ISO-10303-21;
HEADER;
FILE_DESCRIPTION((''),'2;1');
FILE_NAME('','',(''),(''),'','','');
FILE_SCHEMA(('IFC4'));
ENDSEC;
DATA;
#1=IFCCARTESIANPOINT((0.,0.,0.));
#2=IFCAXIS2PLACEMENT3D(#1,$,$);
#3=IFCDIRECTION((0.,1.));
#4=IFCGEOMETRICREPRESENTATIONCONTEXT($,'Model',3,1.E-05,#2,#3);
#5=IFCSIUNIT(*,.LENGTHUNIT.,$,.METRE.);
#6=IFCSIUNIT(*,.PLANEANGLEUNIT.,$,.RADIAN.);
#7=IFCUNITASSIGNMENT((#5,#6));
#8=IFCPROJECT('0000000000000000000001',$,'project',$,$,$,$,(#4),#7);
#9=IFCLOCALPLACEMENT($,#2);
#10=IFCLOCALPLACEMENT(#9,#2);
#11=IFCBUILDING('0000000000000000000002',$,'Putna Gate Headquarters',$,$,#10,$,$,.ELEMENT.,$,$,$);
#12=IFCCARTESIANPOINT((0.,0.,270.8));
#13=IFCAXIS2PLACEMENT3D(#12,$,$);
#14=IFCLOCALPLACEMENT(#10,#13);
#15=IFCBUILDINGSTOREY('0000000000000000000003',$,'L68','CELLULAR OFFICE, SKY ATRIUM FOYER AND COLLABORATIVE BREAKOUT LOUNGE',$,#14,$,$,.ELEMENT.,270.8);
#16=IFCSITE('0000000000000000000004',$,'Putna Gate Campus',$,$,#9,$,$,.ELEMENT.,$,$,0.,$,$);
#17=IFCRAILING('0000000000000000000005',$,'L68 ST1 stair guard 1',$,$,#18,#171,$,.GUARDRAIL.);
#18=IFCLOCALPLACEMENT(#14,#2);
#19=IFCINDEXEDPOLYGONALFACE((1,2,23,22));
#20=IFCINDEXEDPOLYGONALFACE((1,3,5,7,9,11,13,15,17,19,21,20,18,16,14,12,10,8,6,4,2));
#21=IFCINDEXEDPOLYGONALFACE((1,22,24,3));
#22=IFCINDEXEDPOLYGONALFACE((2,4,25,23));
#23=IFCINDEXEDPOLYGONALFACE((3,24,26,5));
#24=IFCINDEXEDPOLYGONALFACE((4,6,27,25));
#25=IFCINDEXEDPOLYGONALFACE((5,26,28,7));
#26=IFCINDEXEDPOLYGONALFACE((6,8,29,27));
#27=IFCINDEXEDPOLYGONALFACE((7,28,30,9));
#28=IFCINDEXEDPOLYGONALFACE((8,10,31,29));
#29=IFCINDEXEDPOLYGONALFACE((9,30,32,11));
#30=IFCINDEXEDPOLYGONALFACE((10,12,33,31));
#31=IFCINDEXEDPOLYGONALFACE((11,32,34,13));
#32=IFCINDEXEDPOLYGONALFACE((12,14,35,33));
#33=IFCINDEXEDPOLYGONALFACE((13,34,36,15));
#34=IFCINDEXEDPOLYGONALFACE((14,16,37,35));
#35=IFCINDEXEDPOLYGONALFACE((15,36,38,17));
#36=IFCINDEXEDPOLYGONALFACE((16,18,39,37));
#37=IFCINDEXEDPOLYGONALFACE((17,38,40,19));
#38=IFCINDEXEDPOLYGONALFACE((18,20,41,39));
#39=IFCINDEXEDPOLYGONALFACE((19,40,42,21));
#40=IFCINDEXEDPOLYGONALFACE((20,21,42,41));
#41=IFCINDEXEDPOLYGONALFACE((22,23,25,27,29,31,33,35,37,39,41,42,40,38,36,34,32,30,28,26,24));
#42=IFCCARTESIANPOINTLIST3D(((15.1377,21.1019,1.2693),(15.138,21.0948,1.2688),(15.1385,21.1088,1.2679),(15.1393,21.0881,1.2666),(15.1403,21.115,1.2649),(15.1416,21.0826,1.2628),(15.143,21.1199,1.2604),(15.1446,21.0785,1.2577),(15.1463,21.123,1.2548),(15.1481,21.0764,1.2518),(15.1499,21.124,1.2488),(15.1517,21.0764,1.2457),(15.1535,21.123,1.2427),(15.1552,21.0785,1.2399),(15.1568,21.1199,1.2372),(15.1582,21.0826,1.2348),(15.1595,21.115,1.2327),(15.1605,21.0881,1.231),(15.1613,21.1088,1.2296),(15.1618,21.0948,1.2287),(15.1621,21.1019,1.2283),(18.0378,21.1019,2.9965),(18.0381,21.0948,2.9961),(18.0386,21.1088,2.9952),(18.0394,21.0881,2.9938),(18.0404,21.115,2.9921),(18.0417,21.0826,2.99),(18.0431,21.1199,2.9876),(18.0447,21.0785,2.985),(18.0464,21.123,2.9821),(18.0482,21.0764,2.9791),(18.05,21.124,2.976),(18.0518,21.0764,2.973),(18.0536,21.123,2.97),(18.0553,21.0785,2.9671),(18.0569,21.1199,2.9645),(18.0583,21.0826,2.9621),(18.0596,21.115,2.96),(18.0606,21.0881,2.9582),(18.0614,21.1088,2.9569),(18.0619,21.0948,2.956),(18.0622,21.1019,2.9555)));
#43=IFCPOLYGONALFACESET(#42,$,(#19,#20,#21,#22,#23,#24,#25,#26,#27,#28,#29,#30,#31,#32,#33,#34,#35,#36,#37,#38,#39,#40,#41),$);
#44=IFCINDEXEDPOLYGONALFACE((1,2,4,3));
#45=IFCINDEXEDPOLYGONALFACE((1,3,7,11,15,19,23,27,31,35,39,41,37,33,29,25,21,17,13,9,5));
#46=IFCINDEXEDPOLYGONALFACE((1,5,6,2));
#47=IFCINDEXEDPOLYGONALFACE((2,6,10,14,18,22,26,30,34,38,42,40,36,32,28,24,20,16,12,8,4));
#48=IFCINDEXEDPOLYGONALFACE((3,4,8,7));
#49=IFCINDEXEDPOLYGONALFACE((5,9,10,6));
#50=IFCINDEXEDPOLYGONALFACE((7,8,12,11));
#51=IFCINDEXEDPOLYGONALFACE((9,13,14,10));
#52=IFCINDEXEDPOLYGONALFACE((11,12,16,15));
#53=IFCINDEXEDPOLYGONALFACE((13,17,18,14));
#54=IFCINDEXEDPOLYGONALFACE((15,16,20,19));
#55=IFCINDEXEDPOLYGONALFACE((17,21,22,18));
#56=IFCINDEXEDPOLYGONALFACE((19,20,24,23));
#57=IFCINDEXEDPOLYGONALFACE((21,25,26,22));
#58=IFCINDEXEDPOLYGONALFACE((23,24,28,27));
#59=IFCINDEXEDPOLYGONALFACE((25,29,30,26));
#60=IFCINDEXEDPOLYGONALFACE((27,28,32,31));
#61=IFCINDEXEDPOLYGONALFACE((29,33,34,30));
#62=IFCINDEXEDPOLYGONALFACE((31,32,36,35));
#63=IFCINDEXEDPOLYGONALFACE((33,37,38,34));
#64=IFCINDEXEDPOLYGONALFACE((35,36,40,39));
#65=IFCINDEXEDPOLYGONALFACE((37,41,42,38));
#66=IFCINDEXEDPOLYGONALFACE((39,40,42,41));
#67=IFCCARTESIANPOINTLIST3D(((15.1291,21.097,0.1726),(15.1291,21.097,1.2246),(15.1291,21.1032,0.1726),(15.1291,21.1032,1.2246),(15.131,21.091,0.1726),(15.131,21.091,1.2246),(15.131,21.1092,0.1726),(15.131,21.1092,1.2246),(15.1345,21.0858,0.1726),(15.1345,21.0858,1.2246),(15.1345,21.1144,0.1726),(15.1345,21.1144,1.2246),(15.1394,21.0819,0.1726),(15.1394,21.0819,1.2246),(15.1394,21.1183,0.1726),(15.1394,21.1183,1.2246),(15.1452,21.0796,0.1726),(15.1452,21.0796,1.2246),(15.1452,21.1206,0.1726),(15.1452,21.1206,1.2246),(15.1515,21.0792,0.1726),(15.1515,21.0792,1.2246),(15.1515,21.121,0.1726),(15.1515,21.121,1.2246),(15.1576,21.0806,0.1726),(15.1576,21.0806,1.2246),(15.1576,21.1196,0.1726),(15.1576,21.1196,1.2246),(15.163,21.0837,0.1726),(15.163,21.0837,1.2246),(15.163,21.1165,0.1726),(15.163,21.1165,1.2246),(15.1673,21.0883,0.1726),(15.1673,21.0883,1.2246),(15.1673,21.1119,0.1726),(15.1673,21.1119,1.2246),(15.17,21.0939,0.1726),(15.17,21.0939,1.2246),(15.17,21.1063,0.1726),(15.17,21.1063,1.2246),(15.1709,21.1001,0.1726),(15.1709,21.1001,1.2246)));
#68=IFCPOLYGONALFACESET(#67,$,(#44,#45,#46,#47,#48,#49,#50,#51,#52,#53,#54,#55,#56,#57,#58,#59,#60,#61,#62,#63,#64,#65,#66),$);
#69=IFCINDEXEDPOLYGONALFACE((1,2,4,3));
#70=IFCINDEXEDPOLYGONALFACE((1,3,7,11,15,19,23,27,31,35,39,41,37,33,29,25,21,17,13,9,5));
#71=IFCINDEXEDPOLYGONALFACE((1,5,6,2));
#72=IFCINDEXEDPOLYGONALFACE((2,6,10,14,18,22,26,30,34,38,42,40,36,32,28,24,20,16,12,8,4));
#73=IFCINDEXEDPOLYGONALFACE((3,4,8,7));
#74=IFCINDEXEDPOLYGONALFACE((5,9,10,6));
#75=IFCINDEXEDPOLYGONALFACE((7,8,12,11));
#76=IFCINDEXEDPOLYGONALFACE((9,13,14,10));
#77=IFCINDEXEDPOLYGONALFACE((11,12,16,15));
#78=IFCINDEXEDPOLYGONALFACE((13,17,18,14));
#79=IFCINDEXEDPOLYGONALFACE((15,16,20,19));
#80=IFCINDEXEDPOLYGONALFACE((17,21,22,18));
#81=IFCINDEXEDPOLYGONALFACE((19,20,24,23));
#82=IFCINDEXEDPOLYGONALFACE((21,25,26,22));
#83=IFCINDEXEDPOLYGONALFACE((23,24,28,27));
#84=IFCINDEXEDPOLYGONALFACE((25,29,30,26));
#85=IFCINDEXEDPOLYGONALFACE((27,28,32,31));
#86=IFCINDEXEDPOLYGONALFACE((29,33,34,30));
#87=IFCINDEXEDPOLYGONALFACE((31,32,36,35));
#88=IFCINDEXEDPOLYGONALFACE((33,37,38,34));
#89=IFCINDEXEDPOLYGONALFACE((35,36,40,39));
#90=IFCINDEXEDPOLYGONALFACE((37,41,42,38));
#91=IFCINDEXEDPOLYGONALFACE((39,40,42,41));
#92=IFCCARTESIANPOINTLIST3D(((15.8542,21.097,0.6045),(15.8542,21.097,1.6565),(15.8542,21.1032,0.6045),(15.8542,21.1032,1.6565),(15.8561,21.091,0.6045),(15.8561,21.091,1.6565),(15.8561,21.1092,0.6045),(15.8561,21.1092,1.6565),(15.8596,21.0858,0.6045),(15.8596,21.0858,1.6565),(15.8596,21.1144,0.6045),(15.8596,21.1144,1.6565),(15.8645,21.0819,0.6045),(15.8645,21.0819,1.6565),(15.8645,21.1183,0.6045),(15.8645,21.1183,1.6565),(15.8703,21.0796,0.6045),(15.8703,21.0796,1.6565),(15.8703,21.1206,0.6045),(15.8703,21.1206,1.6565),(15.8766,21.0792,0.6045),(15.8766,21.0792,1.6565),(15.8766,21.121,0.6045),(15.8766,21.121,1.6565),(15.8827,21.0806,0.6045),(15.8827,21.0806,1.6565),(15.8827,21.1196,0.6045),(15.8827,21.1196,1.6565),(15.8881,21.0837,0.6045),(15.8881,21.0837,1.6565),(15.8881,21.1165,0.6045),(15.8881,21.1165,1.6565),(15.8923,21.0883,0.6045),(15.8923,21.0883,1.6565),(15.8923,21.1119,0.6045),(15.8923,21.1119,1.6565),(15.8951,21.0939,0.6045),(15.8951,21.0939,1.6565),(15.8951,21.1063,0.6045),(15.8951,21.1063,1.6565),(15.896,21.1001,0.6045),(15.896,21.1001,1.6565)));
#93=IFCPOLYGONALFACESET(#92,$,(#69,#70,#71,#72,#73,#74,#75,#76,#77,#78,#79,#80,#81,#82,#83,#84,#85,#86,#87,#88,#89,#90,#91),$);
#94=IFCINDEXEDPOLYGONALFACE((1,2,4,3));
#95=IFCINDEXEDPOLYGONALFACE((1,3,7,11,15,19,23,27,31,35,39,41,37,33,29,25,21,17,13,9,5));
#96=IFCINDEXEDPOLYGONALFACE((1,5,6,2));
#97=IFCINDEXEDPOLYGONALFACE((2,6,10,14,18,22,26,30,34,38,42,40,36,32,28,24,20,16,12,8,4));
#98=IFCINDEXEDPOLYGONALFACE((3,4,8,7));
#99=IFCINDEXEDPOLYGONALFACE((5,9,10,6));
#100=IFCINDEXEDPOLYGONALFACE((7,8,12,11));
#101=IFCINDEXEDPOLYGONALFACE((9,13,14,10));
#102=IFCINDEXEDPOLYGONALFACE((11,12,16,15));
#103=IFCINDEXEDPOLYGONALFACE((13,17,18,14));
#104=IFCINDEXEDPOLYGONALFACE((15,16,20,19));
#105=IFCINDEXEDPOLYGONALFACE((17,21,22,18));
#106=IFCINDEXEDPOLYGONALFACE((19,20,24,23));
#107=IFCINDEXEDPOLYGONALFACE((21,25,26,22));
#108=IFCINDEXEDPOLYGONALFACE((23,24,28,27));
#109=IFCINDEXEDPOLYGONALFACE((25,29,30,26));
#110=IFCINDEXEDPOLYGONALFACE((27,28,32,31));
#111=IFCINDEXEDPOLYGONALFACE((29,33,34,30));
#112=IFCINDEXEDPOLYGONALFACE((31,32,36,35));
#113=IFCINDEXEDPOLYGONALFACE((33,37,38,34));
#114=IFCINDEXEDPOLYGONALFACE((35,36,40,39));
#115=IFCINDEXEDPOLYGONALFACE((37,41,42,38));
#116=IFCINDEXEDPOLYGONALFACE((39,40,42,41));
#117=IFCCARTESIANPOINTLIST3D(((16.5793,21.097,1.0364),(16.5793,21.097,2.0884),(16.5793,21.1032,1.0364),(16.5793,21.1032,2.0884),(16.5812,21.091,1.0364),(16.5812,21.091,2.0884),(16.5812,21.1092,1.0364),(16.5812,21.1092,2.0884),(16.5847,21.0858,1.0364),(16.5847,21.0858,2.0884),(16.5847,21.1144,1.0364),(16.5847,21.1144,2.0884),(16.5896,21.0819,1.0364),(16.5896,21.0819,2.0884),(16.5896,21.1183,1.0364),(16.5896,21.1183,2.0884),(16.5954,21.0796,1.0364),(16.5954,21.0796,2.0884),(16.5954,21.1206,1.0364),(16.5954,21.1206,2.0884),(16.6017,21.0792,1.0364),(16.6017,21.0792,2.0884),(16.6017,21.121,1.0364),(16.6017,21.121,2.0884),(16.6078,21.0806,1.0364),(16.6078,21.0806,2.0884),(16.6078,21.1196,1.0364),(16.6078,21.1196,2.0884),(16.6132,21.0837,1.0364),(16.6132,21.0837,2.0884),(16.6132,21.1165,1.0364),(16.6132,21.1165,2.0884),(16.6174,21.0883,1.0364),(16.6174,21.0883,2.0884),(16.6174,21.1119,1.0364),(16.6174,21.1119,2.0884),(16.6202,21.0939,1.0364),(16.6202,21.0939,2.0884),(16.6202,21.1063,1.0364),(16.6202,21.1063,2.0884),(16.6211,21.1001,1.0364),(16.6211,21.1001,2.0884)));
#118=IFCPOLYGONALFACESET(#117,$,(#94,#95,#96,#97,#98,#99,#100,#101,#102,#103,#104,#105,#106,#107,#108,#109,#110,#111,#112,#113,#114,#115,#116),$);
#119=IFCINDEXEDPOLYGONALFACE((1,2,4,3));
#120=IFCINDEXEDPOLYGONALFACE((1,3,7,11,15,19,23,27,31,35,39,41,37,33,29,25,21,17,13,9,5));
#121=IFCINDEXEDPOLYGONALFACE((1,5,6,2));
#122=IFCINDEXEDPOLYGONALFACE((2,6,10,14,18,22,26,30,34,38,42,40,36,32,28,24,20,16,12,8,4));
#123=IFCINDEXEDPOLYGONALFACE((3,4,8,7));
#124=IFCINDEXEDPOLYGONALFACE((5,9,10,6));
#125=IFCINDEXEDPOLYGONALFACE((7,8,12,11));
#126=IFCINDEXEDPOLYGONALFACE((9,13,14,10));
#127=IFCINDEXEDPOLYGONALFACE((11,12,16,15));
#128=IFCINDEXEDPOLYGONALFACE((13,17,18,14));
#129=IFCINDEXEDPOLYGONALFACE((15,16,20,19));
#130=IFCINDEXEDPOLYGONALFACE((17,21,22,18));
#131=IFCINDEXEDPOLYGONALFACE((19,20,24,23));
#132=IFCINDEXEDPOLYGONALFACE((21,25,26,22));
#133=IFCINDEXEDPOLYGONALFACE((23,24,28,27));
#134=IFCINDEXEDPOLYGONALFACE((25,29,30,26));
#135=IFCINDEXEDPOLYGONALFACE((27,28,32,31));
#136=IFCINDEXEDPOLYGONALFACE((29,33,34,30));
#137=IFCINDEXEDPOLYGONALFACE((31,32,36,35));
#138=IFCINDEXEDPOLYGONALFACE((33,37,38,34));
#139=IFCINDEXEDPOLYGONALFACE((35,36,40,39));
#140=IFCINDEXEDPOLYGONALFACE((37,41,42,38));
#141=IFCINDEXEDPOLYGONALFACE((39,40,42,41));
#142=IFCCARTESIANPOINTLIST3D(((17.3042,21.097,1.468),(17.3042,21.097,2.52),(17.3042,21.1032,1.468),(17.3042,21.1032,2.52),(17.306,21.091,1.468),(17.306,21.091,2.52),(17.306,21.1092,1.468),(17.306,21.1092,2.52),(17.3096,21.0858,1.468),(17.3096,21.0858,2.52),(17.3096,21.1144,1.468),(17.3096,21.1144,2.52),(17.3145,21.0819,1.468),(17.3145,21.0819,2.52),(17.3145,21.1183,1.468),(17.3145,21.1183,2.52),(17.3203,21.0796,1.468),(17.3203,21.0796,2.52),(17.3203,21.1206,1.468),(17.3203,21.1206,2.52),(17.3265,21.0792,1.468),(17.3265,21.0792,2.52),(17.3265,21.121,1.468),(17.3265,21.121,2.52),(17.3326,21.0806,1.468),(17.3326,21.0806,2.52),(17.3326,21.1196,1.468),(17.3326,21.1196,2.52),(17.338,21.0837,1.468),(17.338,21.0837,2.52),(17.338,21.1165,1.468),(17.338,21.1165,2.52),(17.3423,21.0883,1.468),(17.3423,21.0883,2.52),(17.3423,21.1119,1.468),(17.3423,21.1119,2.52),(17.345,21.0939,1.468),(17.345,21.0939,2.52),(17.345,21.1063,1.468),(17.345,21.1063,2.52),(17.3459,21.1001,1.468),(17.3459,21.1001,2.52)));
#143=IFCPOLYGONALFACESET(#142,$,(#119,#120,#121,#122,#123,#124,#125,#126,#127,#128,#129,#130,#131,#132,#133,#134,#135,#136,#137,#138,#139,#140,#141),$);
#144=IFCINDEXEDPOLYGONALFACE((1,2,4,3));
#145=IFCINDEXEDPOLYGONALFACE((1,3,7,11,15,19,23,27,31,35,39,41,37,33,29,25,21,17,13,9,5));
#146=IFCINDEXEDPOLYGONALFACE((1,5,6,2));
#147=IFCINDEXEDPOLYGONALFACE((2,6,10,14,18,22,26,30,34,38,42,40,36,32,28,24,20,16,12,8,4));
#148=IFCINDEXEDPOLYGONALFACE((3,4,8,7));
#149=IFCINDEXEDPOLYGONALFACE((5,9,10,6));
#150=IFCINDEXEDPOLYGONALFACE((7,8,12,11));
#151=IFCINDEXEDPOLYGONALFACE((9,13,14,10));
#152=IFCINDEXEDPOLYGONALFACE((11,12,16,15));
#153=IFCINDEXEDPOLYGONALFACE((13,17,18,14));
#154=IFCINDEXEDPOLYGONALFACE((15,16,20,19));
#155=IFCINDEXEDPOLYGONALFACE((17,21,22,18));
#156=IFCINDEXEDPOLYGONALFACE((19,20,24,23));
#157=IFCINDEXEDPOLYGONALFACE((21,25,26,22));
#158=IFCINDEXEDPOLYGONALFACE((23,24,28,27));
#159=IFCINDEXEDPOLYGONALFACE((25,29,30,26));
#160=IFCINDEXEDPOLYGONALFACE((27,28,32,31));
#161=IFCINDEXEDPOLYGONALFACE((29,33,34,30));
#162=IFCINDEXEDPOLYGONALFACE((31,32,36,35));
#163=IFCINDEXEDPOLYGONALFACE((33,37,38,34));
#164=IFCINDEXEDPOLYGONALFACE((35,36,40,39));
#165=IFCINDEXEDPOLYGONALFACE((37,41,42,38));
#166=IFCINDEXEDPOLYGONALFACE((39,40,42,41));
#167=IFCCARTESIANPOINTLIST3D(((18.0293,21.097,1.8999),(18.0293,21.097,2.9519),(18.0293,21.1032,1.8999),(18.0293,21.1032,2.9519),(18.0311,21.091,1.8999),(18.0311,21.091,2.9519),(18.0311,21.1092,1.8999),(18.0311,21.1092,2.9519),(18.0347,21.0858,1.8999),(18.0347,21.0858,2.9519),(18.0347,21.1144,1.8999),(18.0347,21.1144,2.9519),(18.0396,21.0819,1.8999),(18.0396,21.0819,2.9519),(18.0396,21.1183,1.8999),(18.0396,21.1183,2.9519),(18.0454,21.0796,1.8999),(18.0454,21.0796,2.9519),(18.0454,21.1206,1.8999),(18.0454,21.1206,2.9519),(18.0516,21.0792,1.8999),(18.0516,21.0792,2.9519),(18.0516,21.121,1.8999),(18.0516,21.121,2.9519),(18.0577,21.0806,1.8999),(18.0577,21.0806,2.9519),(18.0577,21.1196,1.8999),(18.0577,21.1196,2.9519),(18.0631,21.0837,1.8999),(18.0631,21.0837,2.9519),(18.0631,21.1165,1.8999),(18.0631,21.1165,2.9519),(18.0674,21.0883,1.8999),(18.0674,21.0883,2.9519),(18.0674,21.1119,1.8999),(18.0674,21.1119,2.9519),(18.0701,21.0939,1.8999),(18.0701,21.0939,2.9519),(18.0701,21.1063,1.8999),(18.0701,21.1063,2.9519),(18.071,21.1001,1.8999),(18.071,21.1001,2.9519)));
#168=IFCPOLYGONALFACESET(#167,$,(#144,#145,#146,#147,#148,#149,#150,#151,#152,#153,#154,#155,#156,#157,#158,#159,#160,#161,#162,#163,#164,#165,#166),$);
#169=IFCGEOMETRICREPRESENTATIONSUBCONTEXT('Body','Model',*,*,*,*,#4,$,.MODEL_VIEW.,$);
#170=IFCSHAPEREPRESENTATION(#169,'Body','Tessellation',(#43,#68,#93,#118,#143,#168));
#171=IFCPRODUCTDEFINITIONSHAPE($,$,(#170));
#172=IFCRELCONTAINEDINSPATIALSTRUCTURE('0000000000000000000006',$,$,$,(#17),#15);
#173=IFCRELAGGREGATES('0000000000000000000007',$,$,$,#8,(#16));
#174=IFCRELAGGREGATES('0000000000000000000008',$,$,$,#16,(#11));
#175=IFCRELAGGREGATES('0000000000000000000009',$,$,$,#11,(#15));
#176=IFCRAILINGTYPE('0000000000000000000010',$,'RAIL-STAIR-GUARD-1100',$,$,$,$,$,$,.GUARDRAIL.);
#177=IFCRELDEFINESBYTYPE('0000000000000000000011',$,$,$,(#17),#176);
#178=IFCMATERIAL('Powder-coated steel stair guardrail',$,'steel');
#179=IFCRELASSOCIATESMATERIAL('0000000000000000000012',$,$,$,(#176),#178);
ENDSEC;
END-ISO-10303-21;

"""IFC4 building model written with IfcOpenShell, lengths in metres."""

from ifc_helpers import new_model, si_unit, direction, frame, origin, origin_2d, place, context, subcontext, project, spatial, circle, extrude, material, type_object, element, save


model = new_model("IFC4")

# Units and contexts
model_context = context("Model", 3, precision=1e-05, world=origin(), true_north=direction((0.0, 1.0)))
body_context = subcontext(model_context, "Body", "Model", "MODEL_VIEW")
ifc_project = project(units=[si_unit("LENGTHUNIT", "METRE"), si_unit("PLANEANGLEUNIT", "RADIAN")], contexts=[model_context])

# Site, building, storey
site_placement = place(None, origin())
site = spatial("IfcSite", under=ifc_project, at=site_placement, Name="Putna Gate Campus", CompositionType="ELEMENT", RefElevation=0.0)
building_placement = place(site_placement, origin())
building = spatial("IfcBuilding", under=site, at=building_placement, Name="Putna Gate Headquarters", CompositionType="ELEMENT")
storey_placement = place(building_placement, frame((0.0, 0.0, 270.8)))
storey = spatial("IfcBuildingStorey", under=building, at=storey_placement, Name="L68", Description="CELLULAR OFFICE, SKY ATRIUM FOYER AND COLLABORATIVE BREAKOUT LOUNGE", CompositionType="ELEMENT", Elevation=270.8)

# Railing
ifc_material_1 = material(Name="Powder-coated steel stair guardrail", Category="steel")
railing_type_1 = type_object("IfcRailingType", Name="RAIL-STAIR-GUARD-1100", PredefinedType="GUARDRAIL", material=ifc_material_1)
railing_1_placement = place(storey_placement, frame((15.1499, 21.1001, 0.1726)))
element("IfcRailing", 1, at=railing_1_placement, inside=storey, type_object=railing_type_1, Name="L68 ST1 stair guard 1", PredefinedType="GUARDRAIL", context=body_context, shape_type="SweptSolid", body=[
    extrude(circle(Radius=0.0239, at=origin_2d()), frame((0.0, 0.0, 1.0762), z_axis=(0.85916, 0.0, 0.511706), x_axis=(0.0, 1.0, 0.0)), (0.0, 0.0, 1.0), 3.3755),
    extrude(circle(Radius=0.021, at=origin_2d()), origin(), (0.0, 0.0, 1.0), 1.052),
    extrude(circle(Radius=0.021, at=origin_2d()), frame((0.7251, 0.0, 0.4319)), (0.0, 0.0, 1.0), 1.052),
    extrude(circle(Radius=0.021, at=origin_2d()), frame((1.4502, 0.0, 0.8638)), (0.0, 0.0, 1.0), 1.052),
    extrude(circle(Radius=0.021, at=origin_2d()), frame((2.175, 0.0, 1.2954)), (0.0, 0.0, 1.0), 1.052),
    extrude(circle(Radius=0.021, at=origin_2d()), frame((2.9001, 0.0, 1.7273)), (0.0, 0.0, 1.0), 1.052),
])

save(model, "model.ifc")
